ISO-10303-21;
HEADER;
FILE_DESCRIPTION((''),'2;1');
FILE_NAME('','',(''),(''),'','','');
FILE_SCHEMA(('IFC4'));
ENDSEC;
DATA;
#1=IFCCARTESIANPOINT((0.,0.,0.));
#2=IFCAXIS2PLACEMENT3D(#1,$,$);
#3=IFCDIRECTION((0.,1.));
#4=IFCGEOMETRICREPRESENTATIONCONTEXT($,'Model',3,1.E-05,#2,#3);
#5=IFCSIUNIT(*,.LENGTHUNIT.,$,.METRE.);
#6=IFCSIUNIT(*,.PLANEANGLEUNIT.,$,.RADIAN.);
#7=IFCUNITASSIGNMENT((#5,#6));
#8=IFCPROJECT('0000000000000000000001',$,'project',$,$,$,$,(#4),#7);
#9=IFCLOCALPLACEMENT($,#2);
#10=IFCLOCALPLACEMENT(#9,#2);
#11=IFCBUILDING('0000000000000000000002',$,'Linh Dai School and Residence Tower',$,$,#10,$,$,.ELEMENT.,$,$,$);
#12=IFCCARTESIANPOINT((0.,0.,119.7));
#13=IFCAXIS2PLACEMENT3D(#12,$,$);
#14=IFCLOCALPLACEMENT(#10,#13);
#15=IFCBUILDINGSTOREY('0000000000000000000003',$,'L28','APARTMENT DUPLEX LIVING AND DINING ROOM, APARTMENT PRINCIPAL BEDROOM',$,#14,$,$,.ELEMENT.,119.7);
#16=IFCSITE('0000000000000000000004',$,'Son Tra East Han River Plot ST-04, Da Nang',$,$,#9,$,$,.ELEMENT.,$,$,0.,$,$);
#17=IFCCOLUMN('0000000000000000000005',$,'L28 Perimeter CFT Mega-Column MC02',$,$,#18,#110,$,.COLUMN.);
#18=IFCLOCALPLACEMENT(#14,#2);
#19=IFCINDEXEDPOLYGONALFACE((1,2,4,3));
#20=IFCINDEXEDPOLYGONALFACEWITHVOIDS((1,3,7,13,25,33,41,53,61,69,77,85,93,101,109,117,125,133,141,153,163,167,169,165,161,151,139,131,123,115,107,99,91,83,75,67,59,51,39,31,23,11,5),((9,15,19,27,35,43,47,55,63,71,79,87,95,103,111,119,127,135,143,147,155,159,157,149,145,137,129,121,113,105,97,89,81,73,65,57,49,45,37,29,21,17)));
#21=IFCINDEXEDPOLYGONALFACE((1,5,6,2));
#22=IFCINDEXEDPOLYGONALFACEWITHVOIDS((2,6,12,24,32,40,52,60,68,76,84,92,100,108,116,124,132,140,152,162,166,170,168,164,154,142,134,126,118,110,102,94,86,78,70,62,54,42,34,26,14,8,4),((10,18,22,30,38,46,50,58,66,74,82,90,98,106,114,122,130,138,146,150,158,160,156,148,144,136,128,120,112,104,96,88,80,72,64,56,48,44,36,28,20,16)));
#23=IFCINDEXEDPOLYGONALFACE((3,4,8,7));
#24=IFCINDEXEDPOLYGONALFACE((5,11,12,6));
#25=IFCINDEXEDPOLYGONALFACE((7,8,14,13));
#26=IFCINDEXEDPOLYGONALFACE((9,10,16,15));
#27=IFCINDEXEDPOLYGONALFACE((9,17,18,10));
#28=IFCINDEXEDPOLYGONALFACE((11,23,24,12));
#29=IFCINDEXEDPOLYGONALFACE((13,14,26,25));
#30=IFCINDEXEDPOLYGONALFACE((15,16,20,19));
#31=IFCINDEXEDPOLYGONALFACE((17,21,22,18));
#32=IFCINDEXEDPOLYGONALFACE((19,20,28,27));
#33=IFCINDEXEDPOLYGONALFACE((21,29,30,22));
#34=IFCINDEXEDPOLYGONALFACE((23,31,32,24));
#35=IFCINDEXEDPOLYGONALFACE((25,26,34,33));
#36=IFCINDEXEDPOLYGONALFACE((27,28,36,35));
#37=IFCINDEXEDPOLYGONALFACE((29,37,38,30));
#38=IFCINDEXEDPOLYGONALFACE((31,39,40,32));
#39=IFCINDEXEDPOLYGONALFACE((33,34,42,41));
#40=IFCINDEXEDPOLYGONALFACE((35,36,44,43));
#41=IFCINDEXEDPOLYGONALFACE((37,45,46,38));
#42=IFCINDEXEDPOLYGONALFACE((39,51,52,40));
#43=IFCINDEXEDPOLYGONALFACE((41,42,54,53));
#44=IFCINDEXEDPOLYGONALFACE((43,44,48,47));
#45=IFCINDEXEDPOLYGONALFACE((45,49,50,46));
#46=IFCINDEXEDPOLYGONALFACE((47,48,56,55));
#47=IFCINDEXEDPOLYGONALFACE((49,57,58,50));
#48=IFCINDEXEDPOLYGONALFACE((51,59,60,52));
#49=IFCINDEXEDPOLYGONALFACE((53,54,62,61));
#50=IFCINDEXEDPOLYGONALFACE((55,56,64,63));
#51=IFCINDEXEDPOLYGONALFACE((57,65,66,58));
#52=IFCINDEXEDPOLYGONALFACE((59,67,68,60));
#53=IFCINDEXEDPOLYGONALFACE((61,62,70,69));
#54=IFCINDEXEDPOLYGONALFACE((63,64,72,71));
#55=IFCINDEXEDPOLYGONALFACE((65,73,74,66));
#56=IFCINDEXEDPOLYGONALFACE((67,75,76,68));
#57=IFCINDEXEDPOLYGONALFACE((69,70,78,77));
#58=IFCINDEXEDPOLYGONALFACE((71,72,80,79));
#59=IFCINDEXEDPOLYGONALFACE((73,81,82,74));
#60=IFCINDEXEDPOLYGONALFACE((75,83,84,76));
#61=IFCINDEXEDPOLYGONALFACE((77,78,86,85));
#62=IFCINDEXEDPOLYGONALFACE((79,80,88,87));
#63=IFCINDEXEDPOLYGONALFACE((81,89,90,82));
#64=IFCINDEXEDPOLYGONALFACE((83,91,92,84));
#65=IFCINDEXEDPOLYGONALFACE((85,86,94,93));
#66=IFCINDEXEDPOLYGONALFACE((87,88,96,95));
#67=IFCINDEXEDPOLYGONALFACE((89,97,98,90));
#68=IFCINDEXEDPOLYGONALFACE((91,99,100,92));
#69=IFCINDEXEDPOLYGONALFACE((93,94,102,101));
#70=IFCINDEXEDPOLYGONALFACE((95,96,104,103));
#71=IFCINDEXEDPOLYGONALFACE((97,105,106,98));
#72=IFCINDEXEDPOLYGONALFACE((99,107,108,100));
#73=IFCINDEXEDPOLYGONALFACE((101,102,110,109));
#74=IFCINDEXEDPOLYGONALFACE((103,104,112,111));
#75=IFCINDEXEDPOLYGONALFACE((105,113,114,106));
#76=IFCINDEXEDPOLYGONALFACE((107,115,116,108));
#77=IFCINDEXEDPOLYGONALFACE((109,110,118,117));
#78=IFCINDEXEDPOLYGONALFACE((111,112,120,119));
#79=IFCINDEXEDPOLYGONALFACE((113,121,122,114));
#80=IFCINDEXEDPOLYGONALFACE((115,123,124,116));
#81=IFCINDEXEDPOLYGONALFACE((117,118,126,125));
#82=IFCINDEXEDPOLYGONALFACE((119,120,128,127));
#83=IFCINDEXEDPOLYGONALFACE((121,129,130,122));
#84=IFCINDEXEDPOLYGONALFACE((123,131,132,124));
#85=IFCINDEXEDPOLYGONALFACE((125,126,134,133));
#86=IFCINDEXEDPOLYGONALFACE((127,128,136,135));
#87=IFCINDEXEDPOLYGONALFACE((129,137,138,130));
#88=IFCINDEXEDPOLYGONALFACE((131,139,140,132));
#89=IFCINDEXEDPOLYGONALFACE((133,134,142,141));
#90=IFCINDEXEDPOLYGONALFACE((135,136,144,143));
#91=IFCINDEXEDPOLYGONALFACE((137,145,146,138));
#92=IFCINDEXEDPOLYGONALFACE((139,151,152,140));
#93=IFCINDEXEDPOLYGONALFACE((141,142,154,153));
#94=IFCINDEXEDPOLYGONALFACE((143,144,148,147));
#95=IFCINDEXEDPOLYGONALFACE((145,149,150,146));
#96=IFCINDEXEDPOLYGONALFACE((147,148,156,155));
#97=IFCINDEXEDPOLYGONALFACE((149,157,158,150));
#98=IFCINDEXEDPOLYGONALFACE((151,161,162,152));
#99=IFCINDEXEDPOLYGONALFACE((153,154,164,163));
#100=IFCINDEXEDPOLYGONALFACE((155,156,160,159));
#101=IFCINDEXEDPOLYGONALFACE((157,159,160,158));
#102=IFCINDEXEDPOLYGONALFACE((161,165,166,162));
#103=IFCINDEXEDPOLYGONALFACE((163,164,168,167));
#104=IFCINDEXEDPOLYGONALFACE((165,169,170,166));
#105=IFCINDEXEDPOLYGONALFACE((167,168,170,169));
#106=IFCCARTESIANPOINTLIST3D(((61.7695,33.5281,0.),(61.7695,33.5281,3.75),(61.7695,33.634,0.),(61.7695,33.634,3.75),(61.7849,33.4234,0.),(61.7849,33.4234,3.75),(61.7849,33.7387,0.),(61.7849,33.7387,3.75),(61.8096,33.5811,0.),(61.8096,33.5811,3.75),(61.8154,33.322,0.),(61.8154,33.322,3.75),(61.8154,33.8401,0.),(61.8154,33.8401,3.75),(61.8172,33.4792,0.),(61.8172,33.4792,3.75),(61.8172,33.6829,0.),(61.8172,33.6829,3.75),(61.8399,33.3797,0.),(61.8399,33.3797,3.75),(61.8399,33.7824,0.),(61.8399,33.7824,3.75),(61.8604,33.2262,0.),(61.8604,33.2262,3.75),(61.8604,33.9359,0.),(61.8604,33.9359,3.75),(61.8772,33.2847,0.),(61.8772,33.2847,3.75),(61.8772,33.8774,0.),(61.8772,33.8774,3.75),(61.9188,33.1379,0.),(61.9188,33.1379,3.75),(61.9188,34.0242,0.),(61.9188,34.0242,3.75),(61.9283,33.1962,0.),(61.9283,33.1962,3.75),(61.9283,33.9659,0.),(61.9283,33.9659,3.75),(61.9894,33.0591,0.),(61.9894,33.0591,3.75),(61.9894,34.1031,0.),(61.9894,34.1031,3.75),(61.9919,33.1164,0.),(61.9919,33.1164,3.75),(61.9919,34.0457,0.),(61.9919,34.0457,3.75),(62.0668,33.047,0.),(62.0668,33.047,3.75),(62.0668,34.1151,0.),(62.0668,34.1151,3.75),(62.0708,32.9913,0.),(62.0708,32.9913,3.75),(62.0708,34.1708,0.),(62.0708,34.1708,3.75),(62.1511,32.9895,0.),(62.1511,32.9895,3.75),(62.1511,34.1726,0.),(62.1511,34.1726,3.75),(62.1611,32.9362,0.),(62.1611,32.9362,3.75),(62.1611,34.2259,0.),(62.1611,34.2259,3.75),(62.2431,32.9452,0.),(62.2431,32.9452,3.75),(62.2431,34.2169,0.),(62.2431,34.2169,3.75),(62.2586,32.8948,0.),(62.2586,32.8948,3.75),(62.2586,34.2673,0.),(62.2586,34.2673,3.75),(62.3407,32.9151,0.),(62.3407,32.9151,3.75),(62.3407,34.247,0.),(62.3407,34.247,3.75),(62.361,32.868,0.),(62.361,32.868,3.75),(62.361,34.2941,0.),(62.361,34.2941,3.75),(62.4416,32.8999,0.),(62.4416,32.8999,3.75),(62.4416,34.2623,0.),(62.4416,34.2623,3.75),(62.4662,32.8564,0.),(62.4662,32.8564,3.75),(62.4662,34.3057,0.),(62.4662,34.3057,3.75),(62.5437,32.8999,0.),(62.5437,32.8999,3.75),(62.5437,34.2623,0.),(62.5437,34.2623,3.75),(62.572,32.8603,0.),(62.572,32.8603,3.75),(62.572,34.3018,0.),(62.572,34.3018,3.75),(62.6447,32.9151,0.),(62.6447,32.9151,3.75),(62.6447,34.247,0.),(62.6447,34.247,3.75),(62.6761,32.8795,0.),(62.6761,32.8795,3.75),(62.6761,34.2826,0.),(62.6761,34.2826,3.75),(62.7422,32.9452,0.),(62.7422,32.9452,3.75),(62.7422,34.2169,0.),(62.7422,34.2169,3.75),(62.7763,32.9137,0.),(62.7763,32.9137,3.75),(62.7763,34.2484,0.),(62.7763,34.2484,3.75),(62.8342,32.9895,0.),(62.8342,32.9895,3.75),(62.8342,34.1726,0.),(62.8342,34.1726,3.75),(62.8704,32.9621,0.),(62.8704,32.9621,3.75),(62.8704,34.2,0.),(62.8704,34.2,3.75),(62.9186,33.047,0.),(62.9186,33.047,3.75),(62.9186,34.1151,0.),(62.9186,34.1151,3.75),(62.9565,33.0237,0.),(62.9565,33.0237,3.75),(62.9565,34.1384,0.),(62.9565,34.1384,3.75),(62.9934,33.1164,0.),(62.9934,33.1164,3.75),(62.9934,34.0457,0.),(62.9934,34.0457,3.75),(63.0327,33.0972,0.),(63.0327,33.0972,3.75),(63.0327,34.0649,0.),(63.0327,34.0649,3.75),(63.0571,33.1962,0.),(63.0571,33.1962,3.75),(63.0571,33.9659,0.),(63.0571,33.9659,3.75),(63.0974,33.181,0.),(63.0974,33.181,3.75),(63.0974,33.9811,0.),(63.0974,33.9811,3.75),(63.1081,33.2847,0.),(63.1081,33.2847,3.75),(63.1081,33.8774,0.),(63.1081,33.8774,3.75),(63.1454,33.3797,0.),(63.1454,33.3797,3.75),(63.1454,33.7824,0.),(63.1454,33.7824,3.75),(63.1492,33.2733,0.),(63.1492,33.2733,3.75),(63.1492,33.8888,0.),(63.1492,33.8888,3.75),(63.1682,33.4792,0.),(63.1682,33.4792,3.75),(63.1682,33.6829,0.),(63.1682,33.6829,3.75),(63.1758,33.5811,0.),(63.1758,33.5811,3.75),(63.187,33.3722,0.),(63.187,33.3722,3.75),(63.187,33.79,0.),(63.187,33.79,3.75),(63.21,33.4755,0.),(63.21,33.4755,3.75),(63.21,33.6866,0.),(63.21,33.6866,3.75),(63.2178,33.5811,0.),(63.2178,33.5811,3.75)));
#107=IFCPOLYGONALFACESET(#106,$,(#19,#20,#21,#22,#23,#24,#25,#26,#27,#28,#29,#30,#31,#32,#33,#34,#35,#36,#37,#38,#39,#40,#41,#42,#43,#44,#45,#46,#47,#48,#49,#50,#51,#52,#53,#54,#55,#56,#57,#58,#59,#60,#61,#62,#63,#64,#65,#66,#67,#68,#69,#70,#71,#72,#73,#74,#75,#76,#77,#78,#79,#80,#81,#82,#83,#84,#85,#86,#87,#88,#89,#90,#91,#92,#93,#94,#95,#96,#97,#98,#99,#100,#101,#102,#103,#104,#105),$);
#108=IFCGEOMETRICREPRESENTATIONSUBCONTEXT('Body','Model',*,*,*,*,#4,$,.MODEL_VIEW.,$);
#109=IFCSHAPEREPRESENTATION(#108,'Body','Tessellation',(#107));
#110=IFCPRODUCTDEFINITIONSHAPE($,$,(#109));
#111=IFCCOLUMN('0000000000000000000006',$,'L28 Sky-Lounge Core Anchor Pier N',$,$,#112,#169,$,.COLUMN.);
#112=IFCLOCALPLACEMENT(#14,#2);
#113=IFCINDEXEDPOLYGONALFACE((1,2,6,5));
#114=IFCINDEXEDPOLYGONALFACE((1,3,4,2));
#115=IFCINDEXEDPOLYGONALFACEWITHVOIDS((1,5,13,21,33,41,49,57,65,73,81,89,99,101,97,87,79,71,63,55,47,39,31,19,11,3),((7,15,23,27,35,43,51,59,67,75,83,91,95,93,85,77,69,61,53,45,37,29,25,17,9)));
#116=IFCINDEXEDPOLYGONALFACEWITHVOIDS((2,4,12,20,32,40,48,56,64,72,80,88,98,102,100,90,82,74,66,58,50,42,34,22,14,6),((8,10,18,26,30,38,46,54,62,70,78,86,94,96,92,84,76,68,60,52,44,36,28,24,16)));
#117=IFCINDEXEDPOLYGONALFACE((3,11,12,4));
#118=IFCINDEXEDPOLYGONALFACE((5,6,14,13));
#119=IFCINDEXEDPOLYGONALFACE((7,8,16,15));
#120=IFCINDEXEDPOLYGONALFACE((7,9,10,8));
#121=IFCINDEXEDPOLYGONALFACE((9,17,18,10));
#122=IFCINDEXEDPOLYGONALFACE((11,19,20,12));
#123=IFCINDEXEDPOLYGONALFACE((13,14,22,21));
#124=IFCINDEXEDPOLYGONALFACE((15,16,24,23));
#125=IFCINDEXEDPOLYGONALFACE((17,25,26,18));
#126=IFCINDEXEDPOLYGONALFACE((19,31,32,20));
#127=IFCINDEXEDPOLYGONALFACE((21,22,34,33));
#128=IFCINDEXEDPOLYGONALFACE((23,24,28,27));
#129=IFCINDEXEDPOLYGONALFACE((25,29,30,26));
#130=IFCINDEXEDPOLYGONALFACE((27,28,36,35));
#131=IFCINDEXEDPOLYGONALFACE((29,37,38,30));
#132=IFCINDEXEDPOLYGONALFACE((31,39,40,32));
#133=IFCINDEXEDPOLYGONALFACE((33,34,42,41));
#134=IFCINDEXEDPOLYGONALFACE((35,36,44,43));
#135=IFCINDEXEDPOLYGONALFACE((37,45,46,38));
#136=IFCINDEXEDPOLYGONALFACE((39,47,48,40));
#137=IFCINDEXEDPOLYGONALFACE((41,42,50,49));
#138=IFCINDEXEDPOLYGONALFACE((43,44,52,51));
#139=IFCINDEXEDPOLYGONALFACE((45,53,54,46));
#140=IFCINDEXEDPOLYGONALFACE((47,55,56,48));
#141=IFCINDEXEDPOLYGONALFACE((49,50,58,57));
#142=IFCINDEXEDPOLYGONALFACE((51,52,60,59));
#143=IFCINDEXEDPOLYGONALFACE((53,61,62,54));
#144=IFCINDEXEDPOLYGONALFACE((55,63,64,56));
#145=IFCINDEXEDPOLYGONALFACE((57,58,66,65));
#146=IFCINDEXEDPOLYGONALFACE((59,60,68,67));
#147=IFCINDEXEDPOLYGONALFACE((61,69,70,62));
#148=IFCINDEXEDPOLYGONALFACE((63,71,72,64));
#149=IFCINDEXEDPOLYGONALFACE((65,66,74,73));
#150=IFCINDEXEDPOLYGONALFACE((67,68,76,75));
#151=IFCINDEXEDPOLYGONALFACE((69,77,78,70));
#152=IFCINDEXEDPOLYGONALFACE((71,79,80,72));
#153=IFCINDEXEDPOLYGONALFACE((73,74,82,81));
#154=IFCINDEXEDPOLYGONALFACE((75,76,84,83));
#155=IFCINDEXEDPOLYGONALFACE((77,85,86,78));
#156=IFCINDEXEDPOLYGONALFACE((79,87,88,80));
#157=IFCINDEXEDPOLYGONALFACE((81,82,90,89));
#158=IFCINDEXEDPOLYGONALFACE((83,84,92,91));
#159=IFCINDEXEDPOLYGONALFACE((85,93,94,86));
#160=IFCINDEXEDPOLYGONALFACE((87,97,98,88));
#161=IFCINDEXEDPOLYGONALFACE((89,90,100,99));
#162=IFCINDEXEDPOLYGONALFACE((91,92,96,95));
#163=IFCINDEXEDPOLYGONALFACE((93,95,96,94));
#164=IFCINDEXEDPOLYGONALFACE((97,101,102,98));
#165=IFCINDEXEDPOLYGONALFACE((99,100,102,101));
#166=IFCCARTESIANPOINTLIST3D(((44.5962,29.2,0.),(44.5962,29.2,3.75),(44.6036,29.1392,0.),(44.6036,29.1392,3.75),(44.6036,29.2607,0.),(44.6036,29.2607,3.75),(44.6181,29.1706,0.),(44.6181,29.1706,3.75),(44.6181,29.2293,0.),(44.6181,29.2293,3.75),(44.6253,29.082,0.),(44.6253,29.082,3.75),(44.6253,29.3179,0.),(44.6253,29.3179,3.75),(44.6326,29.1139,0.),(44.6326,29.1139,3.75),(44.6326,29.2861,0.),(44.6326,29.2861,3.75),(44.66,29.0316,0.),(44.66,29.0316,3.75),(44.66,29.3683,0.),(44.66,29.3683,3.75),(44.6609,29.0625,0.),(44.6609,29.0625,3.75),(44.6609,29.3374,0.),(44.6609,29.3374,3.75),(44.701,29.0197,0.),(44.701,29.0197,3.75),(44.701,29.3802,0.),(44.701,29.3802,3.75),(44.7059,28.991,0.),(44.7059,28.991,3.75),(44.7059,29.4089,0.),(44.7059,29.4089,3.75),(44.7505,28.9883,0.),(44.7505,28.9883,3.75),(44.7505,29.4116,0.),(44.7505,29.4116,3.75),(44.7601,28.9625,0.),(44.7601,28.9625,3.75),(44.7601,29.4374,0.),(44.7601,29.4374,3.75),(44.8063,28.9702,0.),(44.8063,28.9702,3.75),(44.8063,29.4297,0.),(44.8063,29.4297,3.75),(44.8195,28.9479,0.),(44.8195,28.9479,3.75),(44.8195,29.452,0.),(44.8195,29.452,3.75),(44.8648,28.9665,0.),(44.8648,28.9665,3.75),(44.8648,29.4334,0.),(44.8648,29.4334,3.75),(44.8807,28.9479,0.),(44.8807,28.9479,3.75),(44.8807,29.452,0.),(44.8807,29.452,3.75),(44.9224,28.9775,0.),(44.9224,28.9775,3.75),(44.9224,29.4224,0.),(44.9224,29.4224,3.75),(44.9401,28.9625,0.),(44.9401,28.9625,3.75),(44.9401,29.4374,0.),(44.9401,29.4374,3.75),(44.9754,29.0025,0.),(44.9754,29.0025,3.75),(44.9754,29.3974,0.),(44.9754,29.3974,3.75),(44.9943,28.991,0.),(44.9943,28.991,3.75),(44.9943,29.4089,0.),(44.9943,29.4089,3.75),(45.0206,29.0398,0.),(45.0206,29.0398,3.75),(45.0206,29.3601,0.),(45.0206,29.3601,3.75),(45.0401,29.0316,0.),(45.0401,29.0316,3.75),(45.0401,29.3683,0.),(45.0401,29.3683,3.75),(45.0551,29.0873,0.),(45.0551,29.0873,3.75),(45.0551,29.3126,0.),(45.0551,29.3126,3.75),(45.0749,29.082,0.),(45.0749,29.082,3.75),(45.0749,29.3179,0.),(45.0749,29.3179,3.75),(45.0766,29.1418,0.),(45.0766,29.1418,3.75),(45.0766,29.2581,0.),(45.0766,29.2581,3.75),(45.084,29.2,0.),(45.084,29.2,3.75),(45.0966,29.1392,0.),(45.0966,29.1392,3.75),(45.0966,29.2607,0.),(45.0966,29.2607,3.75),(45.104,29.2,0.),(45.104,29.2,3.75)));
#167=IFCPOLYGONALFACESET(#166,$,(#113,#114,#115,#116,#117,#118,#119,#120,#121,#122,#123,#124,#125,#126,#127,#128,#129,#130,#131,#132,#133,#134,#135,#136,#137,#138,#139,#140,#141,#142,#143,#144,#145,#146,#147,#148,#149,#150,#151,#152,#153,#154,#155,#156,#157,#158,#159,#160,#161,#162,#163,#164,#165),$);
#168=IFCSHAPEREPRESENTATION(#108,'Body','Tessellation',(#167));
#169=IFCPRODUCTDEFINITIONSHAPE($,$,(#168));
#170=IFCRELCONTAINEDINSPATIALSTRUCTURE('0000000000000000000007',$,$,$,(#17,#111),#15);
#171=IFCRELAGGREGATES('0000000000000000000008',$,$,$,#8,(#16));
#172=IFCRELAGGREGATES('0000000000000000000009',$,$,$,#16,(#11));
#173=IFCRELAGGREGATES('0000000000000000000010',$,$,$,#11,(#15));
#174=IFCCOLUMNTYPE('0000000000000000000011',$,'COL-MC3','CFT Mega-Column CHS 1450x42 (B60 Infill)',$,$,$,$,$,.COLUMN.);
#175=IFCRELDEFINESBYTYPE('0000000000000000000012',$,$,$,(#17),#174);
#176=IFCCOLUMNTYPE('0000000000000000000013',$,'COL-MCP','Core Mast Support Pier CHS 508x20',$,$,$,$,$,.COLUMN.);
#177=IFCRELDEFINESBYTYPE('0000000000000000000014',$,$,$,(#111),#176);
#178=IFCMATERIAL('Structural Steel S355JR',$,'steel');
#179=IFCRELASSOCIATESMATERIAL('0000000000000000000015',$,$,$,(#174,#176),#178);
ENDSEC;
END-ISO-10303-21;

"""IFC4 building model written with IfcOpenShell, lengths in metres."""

from ifc_helpers import new_model, si_unit, direction, frame, origin, origin_2d, place, context, subcontext, project, spatial, hollow_circle, extrude, material, material_profile, profile_set, type_object, element, save


model = new_model("IFC4")

# Units and contexts
model_context = context("Model", 3, precision=1e-05, world=origin(), true_north=direction((0.0, 1.0)))
body_context = subcontext(model_context, "Body", "Model", "MODEL_VIEW")
ifc_project = project(units=[si_unit("LENGTHUNIT", "METRE"), si_unit("PLANEANGLEUNIT", "RADIAN")], contexts=[model_context])

# Site, building, storey
site_placement = place(None, origin())
site = spatial("IfcSite", under=ifc_project, at=site_placement, Name="Son Tra East Han River Plot ST-04, Da Nang", CompositionType="ELEMENT", RefElevation=0.0)
building_placement = place(site_placement, origin())
building = spatial("IfcBuilding", under=site, at=building_placement, Name="Linh Dai School and Residence Tower", CompositionType="ELEMENT")
storey_placement = place(building_placement, frame((0.0, 0.0, 119.7)))
storey = spatial("IfcBuildingStorey", under=building, at=storey_placement, Name="L28", Description="APARTMENT DUPLEX LIVING AND DINING ROOM, APARTMENT PRINCIPAL BEDROOM", CompositionType="ELEMENT", Elevation=119.7)

# Columns
ifc_material_1 = material(Name="Structural Steel S355JR", Category="steel")
ifc_material_profile_1 = material_profile(ifc_material_1, hollow_circle(Radius=0.7251, WallThickness=0.042, at=origin_2d()), Name="CHS 1450x42")
ifc_profile_set_1 = profile_set([ifc_material_profile_1], Name="Structural Steel S355JR")
column_type_1 = type_object("IfcColumnType", Name="COL-MC3", Description="CFT Mega-Column CHS 1450x42 (B60 Infill)", PredefinedType="COLUMN", material=ifc_profile_set_1)
for number, where, z_axis, x_axis, name in (
    (1, (62.4927, 33.5811, 0.0), (0.0, 0.0, 1.0), (1.0, 0.0, 0.0), "L28 Perimeter CFT Mega-Column MC02"),
):
    element("IfcColumn", number, at=place(storey_placement, frame(where, z_axis=z_axis, x_axis=x_axis)), inside=storey, type_object=column_type_1, Name=name, PredefinedType="COLUMN", context=body_context, shape_type="SweptSolid", body=[
        extrude(hollow_circle(Radius=0.7251, WallThickness=0.042, at=origin_2d()), origin(), (0.0, 0.0, 1.0), 3.75),
    ])
ifc_material_profile_2 = material_profile(ifc_material_1, hollow_circle(Radius=0.2539, WallThickness=0.02, at=origin_2d()), Name="CHS 508x20")
ifc_profile_set_2 = profile_set([ifc_material_profile_2], Name="Structural Steel S355JR")
column_type_2 = type_object("IfcColumnType", Name="COL-MCP", Description="Core Mast Support Pier CHS 508x20", PredefinedType="COLUMN", material=ifc_profile_set_2)
column_1_placement = place(storey_placement, frame((44.8501, 29.2, 0.0), z_axis=(0.0, 0.0, 1.0), x_axis=(1.0, 0.0, 0.0)))
element("IfcColumn", 2, at=column_1_placement, inside=storey, type_object=column_type_2, Name="L28 Sky-Lounge Core Anchor Pier N", PredefinedType="COLUMN", context=body_context, shape_type="SweptSolid", body=[
    extrude(hollow_circle(Radius=0.2539, WallThickness=0.02, at=origin_2d()), origin(), (0.0, 0.0, 1.0), 3.75),
])

save(model, "model.ifc")
